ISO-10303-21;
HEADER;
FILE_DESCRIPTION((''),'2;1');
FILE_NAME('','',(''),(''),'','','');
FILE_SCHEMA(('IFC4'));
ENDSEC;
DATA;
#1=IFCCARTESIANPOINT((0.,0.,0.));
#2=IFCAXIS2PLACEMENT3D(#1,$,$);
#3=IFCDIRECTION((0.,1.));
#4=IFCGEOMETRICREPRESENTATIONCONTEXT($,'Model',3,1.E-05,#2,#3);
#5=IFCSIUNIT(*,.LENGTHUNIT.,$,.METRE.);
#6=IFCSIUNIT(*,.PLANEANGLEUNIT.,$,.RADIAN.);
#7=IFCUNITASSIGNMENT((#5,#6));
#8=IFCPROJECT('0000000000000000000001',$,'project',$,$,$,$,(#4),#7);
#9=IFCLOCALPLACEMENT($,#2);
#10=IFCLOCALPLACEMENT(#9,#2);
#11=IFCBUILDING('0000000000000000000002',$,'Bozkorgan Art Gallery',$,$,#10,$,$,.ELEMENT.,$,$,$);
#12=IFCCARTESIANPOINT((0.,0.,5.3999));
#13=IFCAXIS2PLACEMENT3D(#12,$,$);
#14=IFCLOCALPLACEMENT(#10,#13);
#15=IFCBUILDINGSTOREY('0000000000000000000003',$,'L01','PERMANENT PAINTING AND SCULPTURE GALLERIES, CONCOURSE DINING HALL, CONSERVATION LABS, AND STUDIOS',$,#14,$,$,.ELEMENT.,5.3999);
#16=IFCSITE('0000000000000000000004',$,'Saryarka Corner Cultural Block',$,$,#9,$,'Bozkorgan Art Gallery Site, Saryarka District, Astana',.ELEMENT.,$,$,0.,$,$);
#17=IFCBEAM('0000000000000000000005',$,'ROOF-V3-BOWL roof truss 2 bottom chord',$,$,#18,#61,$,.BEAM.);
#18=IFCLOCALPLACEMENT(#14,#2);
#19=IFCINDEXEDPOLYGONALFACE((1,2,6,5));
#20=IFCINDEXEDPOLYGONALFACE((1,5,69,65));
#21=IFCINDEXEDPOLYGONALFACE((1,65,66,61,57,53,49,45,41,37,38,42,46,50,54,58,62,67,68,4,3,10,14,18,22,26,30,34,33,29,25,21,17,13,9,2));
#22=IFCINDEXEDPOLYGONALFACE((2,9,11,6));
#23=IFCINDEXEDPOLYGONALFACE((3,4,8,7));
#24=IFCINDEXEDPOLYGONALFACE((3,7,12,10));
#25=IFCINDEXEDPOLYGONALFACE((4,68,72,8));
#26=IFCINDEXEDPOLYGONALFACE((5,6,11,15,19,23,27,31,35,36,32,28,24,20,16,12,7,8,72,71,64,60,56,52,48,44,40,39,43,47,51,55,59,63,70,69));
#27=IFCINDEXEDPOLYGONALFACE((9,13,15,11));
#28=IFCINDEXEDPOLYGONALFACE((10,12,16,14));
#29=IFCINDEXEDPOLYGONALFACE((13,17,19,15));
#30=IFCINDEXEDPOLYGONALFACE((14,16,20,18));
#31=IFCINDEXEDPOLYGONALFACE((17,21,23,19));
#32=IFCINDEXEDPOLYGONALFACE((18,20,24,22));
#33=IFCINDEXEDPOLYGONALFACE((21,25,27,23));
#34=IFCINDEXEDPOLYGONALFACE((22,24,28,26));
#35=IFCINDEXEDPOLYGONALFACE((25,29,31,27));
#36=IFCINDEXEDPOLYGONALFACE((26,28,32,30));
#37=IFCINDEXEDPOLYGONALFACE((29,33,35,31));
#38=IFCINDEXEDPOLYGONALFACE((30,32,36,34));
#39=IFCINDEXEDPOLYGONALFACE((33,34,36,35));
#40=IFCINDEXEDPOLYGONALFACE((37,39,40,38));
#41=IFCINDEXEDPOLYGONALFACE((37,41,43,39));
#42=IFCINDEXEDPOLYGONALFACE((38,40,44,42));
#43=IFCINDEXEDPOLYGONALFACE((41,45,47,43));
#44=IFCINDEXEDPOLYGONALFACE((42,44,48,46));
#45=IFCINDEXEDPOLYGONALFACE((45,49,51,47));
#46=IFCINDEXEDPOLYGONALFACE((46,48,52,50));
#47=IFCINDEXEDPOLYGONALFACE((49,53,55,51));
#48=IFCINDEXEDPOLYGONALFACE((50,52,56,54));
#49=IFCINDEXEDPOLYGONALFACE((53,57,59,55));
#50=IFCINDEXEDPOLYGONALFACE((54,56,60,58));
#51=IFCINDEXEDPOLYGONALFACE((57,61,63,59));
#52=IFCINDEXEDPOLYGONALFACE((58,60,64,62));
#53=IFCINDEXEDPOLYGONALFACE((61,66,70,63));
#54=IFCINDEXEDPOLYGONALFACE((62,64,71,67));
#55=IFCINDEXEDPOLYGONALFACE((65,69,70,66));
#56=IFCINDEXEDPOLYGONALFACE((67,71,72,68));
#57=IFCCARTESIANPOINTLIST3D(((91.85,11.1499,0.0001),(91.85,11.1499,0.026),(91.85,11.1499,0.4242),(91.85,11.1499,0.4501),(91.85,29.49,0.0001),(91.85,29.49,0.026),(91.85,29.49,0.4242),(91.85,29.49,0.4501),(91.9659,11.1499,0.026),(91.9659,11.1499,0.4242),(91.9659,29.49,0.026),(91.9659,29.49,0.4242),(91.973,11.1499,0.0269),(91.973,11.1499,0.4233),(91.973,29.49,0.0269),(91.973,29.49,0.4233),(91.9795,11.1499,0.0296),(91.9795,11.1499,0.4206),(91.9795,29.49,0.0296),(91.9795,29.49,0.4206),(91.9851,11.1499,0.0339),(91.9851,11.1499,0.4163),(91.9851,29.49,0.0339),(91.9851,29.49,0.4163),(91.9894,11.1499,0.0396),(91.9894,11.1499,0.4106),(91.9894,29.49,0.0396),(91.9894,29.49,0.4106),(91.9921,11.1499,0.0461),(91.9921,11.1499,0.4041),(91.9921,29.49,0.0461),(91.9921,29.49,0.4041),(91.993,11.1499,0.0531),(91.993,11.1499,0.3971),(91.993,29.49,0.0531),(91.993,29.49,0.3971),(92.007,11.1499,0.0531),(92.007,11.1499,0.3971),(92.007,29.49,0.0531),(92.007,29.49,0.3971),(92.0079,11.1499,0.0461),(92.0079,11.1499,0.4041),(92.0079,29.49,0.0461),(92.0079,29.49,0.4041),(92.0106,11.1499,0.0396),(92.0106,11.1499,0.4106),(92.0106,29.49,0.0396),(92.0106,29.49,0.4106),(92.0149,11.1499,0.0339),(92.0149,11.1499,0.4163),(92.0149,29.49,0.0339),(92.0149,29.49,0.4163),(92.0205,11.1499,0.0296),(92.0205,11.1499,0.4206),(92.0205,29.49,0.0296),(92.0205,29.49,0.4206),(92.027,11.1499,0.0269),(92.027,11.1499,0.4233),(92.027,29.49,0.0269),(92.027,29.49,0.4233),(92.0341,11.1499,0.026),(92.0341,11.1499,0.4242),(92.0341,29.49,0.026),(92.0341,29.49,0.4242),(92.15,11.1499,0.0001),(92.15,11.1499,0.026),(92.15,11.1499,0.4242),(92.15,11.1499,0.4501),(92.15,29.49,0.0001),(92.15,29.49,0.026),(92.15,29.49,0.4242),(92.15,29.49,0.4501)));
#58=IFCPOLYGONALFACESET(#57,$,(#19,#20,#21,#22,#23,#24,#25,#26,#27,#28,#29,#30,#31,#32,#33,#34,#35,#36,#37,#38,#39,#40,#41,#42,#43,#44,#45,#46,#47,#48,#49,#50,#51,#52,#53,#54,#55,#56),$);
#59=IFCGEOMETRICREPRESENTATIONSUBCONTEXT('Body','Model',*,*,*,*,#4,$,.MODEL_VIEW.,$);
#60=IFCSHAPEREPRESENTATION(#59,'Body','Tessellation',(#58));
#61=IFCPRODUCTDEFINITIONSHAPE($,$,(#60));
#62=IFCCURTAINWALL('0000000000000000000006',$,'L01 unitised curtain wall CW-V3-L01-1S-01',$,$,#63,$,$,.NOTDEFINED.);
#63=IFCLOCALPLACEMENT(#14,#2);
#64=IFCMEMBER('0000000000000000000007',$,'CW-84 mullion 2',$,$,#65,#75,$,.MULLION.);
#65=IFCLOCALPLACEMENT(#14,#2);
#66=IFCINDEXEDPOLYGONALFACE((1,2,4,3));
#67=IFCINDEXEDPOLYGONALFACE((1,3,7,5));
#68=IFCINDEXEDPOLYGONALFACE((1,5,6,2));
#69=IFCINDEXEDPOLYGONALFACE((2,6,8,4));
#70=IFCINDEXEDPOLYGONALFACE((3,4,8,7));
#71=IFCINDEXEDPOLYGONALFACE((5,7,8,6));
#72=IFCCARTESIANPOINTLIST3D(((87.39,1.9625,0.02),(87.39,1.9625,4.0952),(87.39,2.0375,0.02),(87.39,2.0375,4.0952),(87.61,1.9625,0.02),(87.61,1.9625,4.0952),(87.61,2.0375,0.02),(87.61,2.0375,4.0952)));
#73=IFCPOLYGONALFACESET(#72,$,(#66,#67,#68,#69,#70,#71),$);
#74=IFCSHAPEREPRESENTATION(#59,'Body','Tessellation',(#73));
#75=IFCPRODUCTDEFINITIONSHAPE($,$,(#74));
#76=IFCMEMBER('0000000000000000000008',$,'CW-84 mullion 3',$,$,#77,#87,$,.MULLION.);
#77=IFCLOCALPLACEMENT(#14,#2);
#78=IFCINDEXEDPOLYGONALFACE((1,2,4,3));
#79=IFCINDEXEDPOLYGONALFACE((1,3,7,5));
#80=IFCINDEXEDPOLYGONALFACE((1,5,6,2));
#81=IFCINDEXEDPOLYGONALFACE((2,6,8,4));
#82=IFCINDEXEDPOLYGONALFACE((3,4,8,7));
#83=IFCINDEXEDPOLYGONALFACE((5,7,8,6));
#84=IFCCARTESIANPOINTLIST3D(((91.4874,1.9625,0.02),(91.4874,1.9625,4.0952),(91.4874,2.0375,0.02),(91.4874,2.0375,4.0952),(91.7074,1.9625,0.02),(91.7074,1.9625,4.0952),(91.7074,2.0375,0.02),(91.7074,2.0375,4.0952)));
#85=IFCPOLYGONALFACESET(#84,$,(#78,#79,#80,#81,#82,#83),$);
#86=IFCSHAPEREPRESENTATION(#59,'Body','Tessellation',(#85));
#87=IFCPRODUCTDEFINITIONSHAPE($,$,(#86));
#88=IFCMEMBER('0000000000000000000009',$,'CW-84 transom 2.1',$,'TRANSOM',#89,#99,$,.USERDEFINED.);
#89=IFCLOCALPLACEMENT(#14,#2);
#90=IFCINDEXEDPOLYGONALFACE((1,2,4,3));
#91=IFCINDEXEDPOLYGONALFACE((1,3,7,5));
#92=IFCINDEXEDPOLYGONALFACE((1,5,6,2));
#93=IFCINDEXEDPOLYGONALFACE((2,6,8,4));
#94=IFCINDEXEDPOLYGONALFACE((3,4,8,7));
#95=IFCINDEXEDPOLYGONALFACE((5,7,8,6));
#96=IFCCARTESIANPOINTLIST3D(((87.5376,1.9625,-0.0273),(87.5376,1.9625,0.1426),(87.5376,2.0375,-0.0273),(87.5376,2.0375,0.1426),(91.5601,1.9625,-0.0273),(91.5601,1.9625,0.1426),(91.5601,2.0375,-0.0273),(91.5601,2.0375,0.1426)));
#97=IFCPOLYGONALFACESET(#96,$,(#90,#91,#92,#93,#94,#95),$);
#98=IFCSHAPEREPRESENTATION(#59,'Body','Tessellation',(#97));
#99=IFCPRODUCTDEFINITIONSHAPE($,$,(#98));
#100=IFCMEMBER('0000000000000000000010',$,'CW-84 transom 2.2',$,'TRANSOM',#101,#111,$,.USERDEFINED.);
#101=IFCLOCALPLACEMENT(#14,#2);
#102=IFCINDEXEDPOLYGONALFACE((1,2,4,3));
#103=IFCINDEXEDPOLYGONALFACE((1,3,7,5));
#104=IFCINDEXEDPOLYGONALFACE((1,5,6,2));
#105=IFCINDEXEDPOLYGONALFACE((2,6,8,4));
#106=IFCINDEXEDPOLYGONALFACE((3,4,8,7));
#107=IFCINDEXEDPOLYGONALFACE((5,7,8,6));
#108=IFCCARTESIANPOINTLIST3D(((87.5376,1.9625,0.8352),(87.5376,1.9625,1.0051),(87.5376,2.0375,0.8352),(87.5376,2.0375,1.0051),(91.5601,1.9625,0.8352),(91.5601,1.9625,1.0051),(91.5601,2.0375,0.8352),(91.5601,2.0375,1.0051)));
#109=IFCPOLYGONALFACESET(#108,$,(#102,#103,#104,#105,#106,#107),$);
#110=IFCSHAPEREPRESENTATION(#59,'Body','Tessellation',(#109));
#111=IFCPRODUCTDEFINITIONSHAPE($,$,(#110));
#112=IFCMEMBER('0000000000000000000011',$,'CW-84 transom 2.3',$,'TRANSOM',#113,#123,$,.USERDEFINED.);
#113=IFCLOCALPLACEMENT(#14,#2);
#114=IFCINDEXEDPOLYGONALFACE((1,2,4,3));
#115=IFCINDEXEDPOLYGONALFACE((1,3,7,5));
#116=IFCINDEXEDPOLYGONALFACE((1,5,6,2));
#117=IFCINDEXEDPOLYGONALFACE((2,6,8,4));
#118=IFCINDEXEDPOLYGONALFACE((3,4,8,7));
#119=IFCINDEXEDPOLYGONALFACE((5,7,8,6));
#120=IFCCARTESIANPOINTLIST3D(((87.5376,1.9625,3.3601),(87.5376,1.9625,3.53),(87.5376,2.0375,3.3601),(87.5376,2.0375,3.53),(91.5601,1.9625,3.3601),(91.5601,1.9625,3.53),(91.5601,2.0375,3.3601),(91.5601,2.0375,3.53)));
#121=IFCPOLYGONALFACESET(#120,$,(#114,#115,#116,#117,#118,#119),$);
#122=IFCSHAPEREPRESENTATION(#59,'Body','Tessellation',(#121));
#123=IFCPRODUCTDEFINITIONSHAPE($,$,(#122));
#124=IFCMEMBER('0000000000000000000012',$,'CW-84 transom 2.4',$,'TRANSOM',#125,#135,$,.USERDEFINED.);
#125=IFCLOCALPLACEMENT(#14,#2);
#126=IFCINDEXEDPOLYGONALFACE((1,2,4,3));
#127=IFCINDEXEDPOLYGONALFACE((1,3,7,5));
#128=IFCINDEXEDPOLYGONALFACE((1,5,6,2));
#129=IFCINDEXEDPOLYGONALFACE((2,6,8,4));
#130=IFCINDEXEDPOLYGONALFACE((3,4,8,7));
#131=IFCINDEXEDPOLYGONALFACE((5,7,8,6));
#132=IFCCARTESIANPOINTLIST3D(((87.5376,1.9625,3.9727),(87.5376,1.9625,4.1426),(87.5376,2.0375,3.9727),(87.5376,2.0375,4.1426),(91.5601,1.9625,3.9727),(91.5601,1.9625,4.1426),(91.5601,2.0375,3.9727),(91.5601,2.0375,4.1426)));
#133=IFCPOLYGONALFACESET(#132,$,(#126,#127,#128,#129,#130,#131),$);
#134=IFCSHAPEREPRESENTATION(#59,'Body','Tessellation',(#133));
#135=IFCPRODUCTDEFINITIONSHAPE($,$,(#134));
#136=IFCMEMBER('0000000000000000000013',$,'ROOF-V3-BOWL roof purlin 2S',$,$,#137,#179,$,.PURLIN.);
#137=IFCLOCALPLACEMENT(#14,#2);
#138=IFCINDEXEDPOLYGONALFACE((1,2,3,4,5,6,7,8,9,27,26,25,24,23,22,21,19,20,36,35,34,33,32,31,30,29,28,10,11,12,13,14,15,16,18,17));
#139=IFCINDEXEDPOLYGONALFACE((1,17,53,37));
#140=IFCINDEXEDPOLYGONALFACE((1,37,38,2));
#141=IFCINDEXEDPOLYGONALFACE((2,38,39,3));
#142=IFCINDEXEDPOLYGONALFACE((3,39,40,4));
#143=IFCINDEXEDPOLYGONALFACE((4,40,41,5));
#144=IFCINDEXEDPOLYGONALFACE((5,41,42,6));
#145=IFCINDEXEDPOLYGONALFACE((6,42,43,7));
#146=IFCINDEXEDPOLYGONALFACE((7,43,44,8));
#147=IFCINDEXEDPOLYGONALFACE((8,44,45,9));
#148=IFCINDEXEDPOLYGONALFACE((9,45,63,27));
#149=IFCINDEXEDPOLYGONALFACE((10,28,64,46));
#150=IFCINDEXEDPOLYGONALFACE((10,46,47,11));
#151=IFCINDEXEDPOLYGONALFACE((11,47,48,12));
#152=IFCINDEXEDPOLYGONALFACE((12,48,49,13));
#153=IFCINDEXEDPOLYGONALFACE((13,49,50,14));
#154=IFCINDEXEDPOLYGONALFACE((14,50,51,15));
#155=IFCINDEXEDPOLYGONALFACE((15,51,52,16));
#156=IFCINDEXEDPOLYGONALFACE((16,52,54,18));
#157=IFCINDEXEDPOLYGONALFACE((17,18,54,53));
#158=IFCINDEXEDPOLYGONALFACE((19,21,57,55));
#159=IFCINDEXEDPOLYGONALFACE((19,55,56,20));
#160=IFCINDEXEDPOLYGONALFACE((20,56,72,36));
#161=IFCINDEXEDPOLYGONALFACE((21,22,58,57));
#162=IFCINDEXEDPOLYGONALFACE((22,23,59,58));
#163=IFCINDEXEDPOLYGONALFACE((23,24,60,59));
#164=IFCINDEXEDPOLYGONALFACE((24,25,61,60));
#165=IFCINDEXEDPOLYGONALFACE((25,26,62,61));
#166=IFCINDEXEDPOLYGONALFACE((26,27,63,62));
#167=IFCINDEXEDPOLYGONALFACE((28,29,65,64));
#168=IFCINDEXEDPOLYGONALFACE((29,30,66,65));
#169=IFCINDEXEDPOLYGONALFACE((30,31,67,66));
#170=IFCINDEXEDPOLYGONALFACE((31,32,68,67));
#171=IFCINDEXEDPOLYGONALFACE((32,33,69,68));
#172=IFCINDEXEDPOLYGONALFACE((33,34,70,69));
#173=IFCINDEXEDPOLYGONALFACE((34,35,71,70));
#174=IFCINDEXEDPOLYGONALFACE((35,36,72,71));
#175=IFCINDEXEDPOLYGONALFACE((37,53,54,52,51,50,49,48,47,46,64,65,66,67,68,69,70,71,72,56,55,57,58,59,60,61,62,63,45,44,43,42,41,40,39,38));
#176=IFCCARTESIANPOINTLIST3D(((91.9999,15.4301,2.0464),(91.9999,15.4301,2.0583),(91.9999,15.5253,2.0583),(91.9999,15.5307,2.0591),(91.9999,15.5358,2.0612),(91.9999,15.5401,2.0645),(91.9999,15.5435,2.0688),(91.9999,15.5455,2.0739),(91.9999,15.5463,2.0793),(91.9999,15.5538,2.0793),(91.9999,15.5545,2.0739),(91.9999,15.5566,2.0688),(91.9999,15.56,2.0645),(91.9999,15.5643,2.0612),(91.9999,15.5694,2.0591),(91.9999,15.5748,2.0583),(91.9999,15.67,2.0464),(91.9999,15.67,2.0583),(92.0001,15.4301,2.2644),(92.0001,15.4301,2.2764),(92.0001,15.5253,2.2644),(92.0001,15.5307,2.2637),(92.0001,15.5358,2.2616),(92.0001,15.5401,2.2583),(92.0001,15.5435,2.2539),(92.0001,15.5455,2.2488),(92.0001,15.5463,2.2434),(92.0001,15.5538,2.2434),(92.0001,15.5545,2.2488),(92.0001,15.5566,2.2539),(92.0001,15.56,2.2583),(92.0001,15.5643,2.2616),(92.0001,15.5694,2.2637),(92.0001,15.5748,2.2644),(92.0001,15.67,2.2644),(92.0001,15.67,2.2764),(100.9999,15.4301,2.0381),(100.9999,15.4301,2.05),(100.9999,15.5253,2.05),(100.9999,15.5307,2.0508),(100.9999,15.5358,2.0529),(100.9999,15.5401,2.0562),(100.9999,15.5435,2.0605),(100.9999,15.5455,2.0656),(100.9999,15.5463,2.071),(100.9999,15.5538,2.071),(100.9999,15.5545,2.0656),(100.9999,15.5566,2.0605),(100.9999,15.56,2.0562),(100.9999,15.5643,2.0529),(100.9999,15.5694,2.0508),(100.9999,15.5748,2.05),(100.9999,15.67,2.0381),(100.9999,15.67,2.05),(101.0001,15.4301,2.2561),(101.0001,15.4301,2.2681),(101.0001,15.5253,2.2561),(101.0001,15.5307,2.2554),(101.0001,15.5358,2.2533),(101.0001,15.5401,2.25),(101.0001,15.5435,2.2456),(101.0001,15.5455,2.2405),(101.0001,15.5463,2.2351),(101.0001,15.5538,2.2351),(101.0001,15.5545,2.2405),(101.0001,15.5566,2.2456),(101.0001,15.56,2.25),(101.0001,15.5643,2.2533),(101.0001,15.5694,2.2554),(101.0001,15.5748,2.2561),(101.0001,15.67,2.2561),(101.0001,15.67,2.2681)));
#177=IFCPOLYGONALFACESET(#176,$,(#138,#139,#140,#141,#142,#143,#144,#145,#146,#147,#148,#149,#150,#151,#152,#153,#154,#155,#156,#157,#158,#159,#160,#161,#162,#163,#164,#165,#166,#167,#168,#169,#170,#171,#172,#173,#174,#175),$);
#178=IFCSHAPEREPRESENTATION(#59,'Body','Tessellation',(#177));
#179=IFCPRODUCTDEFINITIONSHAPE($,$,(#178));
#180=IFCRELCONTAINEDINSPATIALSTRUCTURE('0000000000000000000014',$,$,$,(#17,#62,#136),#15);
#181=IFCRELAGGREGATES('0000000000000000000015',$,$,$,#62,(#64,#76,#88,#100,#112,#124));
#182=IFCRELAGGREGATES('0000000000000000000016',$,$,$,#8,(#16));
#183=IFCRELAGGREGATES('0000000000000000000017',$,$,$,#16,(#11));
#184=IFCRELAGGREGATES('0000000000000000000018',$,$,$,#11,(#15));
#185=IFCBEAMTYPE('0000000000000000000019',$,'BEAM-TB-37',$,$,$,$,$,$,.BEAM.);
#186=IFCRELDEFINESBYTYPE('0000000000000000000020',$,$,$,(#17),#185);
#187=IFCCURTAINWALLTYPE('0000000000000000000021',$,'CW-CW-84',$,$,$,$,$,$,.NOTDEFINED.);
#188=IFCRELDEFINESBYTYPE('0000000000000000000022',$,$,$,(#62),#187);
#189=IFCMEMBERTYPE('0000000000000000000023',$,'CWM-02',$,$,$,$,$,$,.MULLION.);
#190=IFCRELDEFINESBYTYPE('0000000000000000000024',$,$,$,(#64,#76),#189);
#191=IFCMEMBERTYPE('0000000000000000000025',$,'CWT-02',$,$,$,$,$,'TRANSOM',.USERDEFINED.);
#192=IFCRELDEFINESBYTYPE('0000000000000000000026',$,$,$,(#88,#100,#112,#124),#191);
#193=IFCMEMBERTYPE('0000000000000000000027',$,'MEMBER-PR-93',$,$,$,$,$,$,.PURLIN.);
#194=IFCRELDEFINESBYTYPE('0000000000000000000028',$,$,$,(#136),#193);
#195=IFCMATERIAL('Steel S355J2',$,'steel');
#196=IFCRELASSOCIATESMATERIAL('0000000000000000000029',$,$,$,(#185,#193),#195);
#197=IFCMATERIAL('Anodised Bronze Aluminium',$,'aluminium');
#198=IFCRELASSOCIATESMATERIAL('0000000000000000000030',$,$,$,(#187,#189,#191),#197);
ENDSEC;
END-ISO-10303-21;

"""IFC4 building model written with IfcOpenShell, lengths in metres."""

from ifc_helpers import new_model, si_unit, direction, frame, origin, origin_2d, place, context, subcontext, project, spatial, rectangle, i_section, extrude, material, material_profile, profile_set, type_object, element, aggregate, save


model = new_model("IFC4")

# Units and contexts
model_context = context("Model", 3, precision=1e-05, world=origin(), true_north=direction((0.0, 1.0)))
body_context = subcontext(model_context, "Body", "Model", "MODEL_VIEW")
ifc_project = project(units=[si_unit("LENGTHUNIT", "METRE"), si_unit("PLANEANGLEUNIT", "RADIAN")], contexts=[model_context])

# Site, building, storey
site_placement = place(None, origin())
site = spatial("IfcSite", under=ifc_project, at=site_placement, Name="Saryarka Corner Cultural Block", LongName="Bozkorgan Art Gallery Site, Saryarka District, Astana", CompositionType="ELEMENT", RefElevation=0.0)
building_placement = place(site_placement, origin())
building = spatial("IfcBuilding", under=site, at=building_placement, Name="Bozkorgan Art Gallery", CompositionType="ELEMENT")
storey_placement = place(building_placement, frame((0.0, 0.0, 5.3999)))
storey = spatial("IfcBuildingStorey", under=building, at=storey_placement, Name="L01", Description="PERMANENT PAINTING AND SCULPTURE GALLERIES, CONCOURSE DINING HALL, CONSERVATION LABS, AND STUDIOS", CompositionType="ELEMENT", Elevation=5.3999)

# Shared definitions
ifc_material_1 = material(Name="Steel S355J2", Category="steel")

# Beam
ifc_material_profile_1 = material_profile(ifc_material_1, i_section(OverallWidth=0.3, OverallDepth=0.45, WebThickness=0.0139, FlangeThickness=0.0259, FilletRadius=0.0271, at=origin_2d()), Name="HEB 450")
ifc_profile_set_1 = profile_set([ifc_material_profile_1], Name="Steel S355J2")
beam_type_1 = type_object("IfcBeamType", Name="BEAM-TB-37", PredefinedType="BEAM", material=ifc_profile_set_1)
beam_placement = place(storey_placement, frame((92.0, 11.1499, 0.2251), z_axis=(0.0, 1.0, 0.0), x_axis=(-1.0, 0.0, 0.0)))
element("IfcBeam", 1, at=beam_placement, inside=storey, type_object=beam_type_1, Name="ROOF-V3-BOWL roof truss 2 bottom chord", PredefinedType="BEAM", context=body_context, shape_type="SweptSolid", body=[
    extrude(i_section(OverallWidth=0.3, OverallDepth=0.45, WebThickness=0.0139, FlangeThickness=0.0259, FilletRadius=0.0271, at=origin_2d()), origin(), (0.0, 0.0, 1.0), 18.3401),
])

# Curtain wall, members
ifc_material_2 = material(Name="Anodised Bronze Aluminium", Category="aluminium")
curtain_wall_type = type_object("IfcCurtainWallType", Name="CW-CW-84", PredefinedType="NOTDEFINED", material=ifc_material_2)
curtain_wall_placement = place(storey_placement, origin())
curtain_wall = element("IfcCurtainWall", 2, at=curtain_wall_placement, inside=storey, type_object=curtain_wall_type, Name="L01 unitised curtain wall CW-V3-L01-1S-01", PredefinedType="NOTDEFINED")
ifc_material_profile_2 = material_profile(ifc_material_2, rectangle(XDim=0.075, YDim=0.22, at=origin_2d()), Name="ALU MULLION 75x220")
ifc_profile_set_2 = profile_set([ifc_material_profile_2], Name="Anodised Bronze Aluminium")
member_type_1 = type_object("IfcMemberType", Name="CWM-02", PredefinedType="MULLION", material=ifc_profile_set_2)
member_1_placement = place(storey_placement, frame((87.5, 2.0, 0.02), z_axis=(0.0, 0.0, 1.0), x_axis=(0.0, 1.0, 0.0)))
member_1 = element("IfcMember", 3, at=member_1_placement, type_object=member_type_1, Name="CW-84 mullion 2", PredefinedType="MULLION", context=body_context, shape_type="SweptSolid", body=[
    extrude(rectangle(XDim=0.075, YDim=0.22, at=origin_2d()), origin(), (0.0, 0.0, 1.0), 4.0752),
])
member_2_placement = place(storey_placement, frame((91.5974, 2.0, 0.02), z_axis=(0.0, 0.0, 1.0), x_axis=(0.0, 1.0, 0.0)))
member_2 = element("IfcMember", 4, at=member_2_placement, type_object=member_type_1, Name="CW-84 mullion 3", PredefinedType="MULLION", context=body_context, shape_type="SweptSolid", body=[
    extrude(rectangle(XDim=0.075, YDim=0.22, at=origin_2d()), origin(), (0.0, 0.0, 1.0), 4.0752),
])
ifc_material_profile_3 = material_profile(ifc_material_2, rectangle(XDim=0.075, YDim=0.1699, at=origin_2d()), Name="ALU TRANSOM 75x170")
ifc_profile_set_3 = profile_set([ifc_material_profile_3], Name="Anodised Bronze Aluminium")
member_type_2 = type_object("IfcMemberType", Name="CWT-02", ElementType="TRANSOM", PredefinedType="USERDEFINED", material=ifc_profile_set_3)
member_3_placement = place(storey_placement, frame((87.5376, 2.0, 0.0576), z_axis=(1.0, 0.0, 0.0), x_axis=(0.0, 1.0, 0.0)))
member_3 = element("IfcMember", 5, at=member_3_placement, type_object=member_type_2, Name="CW-84 transom 2.1", ObjectType="TRANSOM", PredefinedType="USERDEFINED", context=body_context, shape_type="SweptSolid", body=[
    extrude(rectangle(XDim=0.075, YDim=0.1699, at=origin_2d()), origin(), (0.0, 0.0, 1.0), 4.0225),
])
member_4_placement = place(storey_placement, frame((87.5376, 2.0, 0.9202), z_axis=(1.0, 0.0, 0.0), x_axis=(0.0, 1.0, 0.0)))
member_4 = element("IfcMember", 6, at=member_4_placement, type_object=member_type_2, Name="CW-84 transom 2.2", ObjectType="TRANSOM", PredefinedType="USERDEFINED", context=body_context, shape_type="SweptSolid", body=[
    extrude(rectangle(XDim=0.075, YDim=0.1699, at=origin_2d()), origin(), (0.0, 0.0, 1.0), 4.0225),
])
member_5_placement = place(storey_placement, frame((87.5376, 2.0, 3.4451), z_axis=(1.0, 0.0, 0.0), x_axis=(0.0, 1.0, 0.0)))
member_5 = element("IfcMember", 7, at=member_5_placement, type_object=member_type_2, Name="CW-84 transom 2.3", ObjectType="TRANSOM", PredefinedType="USERDEFINED", context=body_context, shape_type="SweptSolid", body=[
    extrude(rectangle(XDim=0.075, YDim=0.1699, at=origin_2d()), origin(), (0.0, 0.0, 1.0), 4.0225),
])
member_6_placement = place(storey_placement, frame((87.5376, 2.0, 4.0576), z_axis=(1.0, 0.0, 0.0), x_axis=(0.0, 1.0, 0.0)))
member_6 = element("IfcMember", 8, at=member_6_placement, type_object=member_type_2, Name="CW-84 transom 2.4", ObjectType="TRANSOM", PredefinedType="USERDEFINED", context=body_context, shape_type="SweptSolid", body=[
    extrude(rectangle(XDim=0.075, YDim=0.1699, at=origin_2d()), origin(), (0.0, 0.0, 1.0), 4.0225),
])

# Member
ifc_material_profile_4 = material_profile(ifc_material_1, i_section(OverallWidth=0.24, OverallDepth=0.23, WebThickness=0.0076, FlangeThickness=0.012, FilletRadius=0.021, at=origin_2d()), Name="HEA 240")
ifc_profile_set_4 = profile_set([ifc_material_profile_4], Name="Steel S355J2")
member_type_3 = type_object("IfcMemberType", Name="MEMBER-PR-93", PredefinedType="PURLIN", material=ifc_profile_set_4)
member_7_placement = place(storey_placement, frame((92.0, 15.55, 2.1614), z_axis=(1.0, 0.0, -0.000922), x_axis=(0.0, 1.0, 0.0)))
element("IfcMember", 9, at=member_7_placement, inside=storey, type_object=member_type_3, Name="ROOF-V3-BOWL roof purlin 2S", PredefinedType="PURLIN", context=body_context, shape_type="SweptSolid", body=[
    extrude(i_section(OverallWidth=0.24, OverallDepth=0.23, WebThickness=0.0076, FlangeThickness=0.012, FilletRadius=0.021, at=origin_2d()), origin(), (0.0, 0.0, 1.0), 9.0),
])

aggregate(curtain_wall, [member_1, member_2, member_3, member_4, member_5, member_6])

save(model, "model.ifc")
